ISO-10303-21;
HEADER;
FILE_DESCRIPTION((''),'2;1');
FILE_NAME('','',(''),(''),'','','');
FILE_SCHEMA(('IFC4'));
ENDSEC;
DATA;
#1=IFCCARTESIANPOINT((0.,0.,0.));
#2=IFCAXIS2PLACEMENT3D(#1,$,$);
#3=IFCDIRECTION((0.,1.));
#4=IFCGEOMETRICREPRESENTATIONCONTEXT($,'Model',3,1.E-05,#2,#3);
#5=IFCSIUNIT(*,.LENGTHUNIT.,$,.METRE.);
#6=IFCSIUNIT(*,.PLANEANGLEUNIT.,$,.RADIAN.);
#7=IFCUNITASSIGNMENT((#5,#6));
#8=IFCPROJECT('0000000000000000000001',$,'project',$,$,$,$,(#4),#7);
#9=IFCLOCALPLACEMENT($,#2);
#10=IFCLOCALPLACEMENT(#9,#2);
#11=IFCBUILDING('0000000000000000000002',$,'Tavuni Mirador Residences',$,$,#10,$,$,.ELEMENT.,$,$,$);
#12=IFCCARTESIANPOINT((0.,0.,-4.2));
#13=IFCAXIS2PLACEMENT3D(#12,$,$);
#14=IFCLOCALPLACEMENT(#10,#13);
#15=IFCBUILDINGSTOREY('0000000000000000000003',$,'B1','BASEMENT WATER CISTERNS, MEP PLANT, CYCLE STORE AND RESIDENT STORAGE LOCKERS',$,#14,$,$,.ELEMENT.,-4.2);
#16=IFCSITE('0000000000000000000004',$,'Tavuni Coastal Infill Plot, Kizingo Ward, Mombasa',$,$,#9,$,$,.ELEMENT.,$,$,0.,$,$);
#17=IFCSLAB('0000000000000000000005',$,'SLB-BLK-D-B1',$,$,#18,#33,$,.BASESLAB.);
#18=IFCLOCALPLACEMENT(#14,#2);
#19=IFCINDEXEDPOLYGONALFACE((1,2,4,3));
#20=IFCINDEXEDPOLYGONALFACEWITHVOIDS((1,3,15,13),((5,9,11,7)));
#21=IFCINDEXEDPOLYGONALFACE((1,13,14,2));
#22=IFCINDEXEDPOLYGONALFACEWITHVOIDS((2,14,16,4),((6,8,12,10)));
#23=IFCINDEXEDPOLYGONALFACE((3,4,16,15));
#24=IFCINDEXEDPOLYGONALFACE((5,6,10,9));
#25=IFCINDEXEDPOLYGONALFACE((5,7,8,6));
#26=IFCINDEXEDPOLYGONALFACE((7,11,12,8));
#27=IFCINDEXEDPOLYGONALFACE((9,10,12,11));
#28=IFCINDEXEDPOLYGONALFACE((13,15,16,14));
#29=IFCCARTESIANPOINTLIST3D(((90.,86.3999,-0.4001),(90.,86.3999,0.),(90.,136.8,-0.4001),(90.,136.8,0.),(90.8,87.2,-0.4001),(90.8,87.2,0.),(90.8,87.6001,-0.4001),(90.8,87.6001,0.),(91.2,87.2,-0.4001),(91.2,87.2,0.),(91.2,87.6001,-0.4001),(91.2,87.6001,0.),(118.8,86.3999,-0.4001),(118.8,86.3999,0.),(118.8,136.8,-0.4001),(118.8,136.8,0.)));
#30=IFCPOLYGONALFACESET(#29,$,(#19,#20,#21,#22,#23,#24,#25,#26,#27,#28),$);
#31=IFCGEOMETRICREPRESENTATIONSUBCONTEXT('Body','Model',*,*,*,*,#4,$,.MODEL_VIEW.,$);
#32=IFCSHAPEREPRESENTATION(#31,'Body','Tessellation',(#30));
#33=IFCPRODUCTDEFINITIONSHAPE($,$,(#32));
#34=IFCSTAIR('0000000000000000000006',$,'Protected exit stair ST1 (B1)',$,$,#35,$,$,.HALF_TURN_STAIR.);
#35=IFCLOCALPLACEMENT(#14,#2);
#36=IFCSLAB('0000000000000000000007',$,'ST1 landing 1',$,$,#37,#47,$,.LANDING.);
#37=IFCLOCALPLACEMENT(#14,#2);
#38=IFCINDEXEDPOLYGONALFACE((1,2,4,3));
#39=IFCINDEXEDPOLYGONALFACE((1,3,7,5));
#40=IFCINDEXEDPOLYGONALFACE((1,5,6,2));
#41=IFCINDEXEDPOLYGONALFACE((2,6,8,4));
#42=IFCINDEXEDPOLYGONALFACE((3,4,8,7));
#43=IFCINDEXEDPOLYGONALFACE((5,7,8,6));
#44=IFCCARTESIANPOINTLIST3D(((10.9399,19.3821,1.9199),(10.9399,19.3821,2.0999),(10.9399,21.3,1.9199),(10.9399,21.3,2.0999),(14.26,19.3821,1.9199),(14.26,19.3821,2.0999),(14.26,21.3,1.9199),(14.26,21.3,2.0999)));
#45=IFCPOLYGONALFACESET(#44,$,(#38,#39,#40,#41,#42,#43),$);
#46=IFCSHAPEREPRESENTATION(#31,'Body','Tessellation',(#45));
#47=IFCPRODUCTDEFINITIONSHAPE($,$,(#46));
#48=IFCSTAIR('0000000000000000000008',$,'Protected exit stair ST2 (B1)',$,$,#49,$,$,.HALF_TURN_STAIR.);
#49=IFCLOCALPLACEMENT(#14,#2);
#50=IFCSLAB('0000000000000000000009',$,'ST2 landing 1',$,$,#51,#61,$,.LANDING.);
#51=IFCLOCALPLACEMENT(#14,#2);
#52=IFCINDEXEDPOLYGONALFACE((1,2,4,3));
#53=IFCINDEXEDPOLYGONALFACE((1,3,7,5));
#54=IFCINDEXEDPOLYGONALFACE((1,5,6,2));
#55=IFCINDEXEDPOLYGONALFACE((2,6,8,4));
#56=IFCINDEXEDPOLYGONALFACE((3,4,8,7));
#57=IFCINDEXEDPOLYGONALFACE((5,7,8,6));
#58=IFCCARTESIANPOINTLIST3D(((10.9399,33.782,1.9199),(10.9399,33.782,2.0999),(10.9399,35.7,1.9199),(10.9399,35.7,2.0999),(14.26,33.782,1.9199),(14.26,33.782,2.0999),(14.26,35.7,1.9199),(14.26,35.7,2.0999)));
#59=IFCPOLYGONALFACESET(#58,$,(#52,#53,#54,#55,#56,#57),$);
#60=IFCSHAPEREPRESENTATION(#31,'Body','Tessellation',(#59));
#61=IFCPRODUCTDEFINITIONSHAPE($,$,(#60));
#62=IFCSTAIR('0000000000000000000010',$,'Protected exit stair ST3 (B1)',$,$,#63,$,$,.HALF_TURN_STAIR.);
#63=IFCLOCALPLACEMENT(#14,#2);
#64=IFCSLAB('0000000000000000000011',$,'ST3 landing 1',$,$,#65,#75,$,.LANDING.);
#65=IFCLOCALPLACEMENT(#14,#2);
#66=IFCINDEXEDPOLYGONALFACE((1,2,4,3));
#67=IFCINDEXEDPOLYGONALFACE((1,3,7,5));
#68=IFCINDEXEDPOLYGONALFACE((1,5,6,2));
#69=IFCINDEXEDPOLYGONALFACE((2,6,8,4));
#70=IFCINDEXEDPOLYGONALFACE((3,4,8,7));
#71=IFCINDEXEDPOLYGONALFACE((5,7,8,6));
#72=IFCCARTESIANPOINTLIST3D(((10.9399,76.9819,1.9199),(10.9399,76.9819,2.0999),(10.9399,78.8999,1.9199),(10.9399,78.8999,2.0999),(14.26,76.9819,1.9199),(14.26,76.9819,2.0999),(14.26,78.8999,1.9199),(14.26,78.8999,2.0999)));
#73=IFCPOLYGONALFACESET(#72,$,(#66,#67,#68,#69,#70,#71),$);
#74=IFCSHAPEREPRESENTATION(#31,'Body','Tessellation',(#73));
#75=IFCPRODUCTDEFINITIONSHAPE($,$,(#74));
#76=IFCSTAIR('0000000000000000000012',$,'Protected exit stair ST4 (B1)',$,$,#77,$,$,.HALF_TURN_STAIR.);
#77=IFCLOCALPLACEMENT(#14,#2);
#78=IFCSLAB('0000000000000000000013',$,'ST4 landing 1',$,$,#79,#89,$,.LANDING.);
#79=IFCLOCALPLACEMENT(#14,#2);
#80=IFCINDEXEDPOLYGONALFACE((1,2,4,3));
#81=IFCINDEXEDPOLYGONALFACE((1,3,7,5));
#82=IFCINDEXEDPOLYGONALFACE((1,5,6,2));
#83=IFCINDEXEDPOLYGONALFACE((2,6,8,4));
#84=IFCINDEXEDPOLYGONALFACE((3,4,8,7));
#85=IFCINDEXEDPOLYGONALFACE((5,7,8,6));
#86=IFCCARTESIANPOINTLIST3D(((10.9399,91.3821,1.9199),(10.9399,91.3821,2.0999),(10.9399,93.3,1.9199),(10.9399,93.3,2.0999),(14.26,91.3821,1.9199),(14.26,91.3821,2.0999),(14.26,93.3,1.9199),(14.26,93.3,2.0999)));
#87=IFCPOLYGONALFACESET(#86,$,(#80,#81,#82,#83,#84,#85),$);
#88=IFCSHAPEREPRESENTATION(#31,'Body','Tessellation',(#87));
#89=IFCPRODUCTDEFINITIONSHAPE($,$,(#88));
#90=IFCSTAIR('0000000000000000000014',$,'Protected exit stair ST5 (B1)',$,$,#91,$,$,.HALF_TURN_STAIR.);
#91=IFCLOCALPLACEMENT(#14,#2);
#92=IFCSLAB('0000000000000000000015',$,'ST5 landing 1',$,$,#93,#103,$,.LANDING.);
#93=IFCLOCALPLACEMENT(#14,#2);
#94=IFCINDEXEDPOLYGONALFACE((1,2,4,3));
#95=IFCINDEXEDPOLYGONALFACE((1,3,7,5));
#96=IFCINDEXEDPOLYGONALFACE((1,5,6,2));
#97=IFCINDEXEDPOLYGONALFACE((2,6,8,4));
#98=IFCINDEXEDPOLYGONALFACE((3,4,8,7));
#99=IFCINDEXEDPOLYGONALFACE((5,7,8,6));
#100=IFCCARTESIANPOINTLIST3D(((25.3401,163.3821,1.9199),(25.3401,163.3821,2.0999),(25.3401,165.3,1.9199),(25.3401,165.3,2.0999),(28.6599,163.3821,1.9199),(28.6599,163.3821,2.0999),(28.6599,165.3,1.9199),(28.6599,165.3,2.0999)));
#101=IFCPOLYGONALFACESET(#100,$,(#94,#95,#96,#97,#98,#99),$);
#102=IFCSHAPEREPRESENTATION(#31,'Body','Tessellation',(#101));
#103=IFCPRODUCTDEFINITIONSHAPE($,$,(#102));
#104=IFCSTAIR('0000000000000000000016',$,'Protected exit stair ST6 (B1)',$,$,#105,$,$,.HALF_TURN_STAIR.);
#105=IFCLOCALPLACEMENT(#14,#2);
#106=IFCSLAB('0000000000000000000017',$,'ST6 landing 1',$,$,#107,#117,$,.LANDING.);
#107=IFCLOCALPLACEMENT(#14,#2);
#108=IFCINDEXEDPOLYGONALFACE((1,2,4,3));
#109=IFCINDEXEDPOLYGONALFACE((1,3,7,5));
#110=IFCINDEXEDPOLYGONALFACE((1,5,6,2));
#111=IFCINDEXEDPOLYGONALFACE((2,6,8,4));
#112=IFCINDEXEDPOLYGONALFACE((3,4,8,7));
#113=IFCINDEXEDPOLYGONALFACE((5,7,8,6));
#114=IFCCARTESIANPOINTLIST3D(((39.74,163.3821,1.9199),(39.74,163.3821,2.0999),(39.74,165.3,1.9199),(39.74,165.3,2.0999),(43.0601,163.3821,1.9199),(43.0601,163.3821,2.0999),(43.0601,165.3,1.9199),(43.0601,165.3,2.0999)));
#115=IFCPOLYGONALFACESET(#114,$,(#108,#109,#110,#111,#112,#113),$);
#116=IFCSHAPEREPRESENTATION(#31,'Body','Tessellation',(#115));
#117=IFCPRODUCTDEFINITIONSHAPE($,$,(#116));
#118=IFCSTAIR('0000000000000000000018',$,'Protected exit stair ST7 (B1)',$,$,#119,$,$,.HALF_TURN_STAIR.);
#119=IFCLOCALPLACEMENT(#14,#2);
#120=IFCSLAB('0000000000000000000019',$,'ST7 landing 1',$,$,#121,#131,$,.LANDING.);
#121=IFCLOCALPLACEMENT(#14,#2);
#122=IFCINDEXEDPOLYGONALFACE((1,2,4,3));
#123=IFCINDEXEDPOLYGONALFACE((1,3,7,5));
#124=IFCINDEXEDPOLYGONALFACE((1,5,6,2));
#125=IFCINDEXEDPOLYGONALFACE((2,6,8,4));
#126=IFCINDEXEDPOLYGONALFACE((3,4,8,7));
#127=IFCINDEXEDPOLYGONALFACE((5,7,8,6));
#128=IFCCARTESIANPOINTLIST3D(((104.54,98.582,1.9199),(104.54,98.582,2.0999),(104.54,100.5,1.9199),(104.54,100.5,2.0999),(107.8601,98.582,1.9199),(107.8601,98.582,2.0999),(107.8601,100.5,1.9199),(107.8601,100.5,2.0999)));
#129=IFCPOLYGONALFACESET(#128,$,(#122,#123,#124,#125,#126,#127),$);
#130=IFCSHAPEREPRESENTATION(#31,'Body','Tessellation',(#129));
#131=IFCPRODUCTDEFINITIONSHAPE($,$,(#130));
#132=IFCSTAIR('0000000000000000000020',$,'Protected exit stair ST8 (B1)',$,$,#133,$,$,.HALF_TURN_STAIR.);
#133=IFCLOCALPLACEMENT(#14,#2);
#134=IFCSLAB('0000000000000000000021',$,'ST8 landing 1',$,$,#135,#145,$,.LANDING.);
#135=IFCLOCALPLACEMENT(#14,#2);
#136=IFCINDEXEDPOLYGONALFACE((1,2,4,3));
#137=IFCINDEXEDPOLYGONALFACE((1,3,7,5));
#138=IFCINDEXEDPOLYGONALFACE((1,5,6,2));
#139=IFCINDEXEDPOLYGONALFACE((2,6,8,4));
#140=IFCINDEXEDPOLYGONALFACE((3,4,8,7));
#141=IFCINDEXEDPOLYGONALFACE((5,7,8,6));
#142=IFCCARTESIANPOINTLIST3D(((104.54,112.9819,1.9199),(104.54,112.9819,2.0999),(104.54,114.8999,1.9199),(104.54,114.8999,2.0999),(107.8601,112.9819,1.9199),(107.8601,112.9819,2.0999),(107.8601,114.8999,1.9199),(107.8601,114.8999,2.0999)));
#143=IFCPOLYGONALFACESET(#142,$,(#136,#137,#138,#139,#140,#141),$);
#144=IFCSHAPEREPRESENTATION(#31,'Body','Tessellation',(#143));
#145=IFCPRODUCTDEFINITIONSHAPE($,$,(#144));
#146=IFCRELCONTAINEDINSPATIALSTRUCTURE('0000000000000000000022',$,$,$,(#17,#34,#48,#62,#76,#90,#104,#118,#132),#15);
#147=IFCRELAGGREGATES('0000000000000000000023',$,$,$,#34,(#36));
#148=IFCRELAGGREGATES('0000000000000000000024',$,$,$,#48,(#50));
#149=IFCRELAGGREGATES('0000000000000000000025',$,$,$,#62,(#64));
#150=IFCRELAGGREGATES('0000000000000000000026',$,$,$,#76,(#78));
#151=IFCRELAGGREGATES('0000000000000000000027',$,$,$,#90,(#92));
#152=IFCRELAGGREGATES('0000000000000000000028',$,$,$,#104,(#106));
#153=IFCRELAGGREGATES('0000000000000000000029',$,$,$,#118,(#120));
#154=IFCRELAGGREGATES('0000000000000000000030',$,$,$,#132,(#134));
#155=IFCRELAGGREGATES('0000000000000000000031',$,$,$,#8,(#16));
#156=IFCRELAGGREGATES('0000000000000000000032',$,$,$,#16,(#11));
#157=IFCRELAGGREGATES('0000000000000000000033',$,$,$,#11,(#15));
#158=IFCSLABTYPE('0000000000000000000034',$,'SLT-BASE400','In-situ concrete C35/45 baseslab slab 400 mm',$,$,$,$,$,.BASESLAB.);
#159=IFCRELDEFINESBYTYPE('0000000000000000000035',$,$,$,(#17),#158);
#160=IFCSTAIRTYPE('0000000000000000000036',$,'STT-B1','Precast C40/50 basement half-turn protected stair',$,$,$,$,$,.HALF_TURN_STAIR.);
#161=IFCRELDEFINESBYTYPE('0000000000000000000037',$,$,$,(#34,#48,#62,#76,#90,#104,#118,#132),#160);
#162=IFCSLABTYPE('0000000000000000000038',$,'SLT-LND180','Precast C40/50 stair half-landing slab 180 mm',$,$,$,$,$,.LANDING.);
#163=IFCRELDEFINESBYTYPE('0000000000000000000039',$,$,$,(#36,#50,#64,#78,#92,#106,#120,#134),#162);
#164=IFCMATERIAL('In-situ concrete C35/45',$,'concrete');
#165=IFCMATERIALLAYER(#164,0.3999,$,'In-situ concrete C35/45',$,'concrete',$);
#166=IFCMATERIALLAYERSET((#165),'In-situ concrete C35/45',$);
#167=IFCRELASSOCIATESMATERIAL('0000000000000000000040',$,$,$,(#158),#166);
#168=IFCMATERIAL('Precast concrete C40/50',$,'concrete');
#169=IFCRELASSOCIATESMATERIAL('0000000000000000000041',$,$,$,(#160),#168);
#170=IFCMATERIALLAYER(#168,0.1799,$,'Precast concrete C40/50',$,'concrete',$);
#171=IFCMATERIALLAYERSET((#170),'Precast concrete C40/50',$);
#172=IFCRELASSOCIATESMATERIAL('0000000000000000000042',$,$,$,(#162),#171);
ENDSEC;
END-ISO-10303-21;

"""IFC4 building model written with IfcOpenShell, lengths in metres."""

from ifc_helpers import new_model, si_unit, direction, frame, origin, place, context, subcontext, project, spatial, polyline, outline, extrude, material, layer, layer_set, type_object, element, aggregate, save


model = new_model("IFC4")

# Units and contexts
model_context = context("Model", 3, precision=1e-05, world=origin(), true_north=direction((0.0, 1.0)))
body_context = subcontext(model_context, "Body", "Model", "MODEL_VIEW")
ifc_project = project(units=[si_unit("LENGTHUNIT", "METRE"), si_unit("PLANEANGLEUNIT", "RADIAN")], contexts=[model_context])

# Site, building, storey
site_placement = place(None, origin())
site = spatial("IfcSite", under=ifc_project, at=site_placement, Name="Tavuni Coastal Infill Plot, Kizingo Ward, Mombasa", CompositionType="ELEMENT", RefElevation=0.0)
building_placement = place(site_placement, origin())
building = spatial("IfcBuilding", under=site, at=building_placement, Name="Tavuni Mirador Residences", CompositionType="ELEMENT")
storey_placement = place(building_placement, frame((0.0, 0.0, -4.2)))
storey = spatial("IfcBuildingStorey", under=building, at=storey_placement, Name="B1", Description="BASEMENT WATER CISTERNS, MEP PLANT, CYCLE STORE AND RESIDENT STORAGE LOCKERS", CompositionType="ELEMENT", Elevation=-4.2)

# Shared definitions
ifc_material_1 = material(Name="In-situ concrete C35/45", Category="concrete")

# Slab
ifc_layer_1 = layer(ifc_material_1, 0.3999, Name="In-situ concrete C35/45", Category="concrete")
ifc_layer_set_1 = layer_set([ifc_layer_1], Name="In-situ concrete C35/45")
slab_type_1 = type_object("IfcSlabType", Name="SLT-BASE400", Description="In-situ concrete C35/45 baseslab slab 400 mm", PredefinedType="BASESLAB", material=ifc_layer_set_1)
slab_1_placement = place(storey_placement, frame((0.0, 0.0, -0.4001)))
element("IfcSlab", 1, at=slab_1_placement, inside=storey, type_object=slab_type_1, Name="SLB-BLK-D-B1", PredefinedType="BASESLAB", context=body_context, shape_type="SweptSolid", body=[
    extrude(outline(polyline([(90.0, 86.3999), (118.8, 86.3999), (118.8, 136.8), (90.0, 136.8), (90.0, 86.3999)]), holes=[polyline([(90.8, 87.2), (91.2, 87.2), (91.2, 87.6001), (90.8, 87.6001), (90.8, 87.2)])]), origin(), (0.0, 0.0, 1.0), 0.4001),
])

# Stairs, slabs
ifc_material_2 = material(Name="Precast concrete C40/50", Category="concrete")
stair_type = type_object("IfcStairType", Name="STT-B1", Description="Precast C40/50 basement half-turn protected stair", PredefinedType="HALF_TURN_STAIR", material=ifc_material_2)
stair_1_placement = place(storey_placement, origin())
stair_1 = element("IfcStair", 2, at=stair_1_placement, inside=storey, type_object=stair_type, Name="Protected exit stair ST1 (B1)", PredefinedType="HALF_TURN_STAIR")
ifc_layer_2 = layer(ifc_material_2, 0.1799, Name="Precast concrete C40/50", Category="concrete")
ifc_layer_set_2 = layer_set([ifc_layer_2], Name="Precast concrete C40/50")
slab_type_2 = type_object("IfcSlabType", Name="SLT-LND180", Description="Precast C40/50 stair half-landing slab 180 mm", PredefinedType="LANDING", material=ifc_layer_set_2)
slab_2_placement = place(storey_placement, frame((0.0, 0.0, 1.9199)))
slab_2 = element("IfcSlab", 3, at=slab_2_placement, type_object=slab_type_2, Name="ST1 landing 1", PredefinedType="LANDING", context=body_context, shape_type="SweptSolid", body=[
    extrude(outline(polyline([(10.9399, 19.3821), (14.26, 19.3821), (14.26, 21.3), (10.9399, 21.3), (10.9399, 19.3821)])), origin(), (0.0, 0.0, 1.0), 0.1799),
])
aggregate(stair_1, [slab_2])
stair_2_placement = place(storey_placement, origin())
stair_2 = element("IfcStair", 4, at=stair_2_placement, inside=storey, type_object=stair_type, Name="Protected exit stair ST2 (B1)", PredefinedType="HALF_TURN_STAIR")
slab_3_placement = place(storey_placement, frame((0.0, 0.0, 1.9199)))
slab_3 = element("IfcSlab", 5, at=slab_3_placement, type_object=slab_type_2, Name="ST2 landing 1", PredefinedType="LANDING", context=body_context, shape_type="SweptSolid", body=[
    extrude(outline(polyline([(10.9399, 33.782), (14.26, 33.782), (14.26, 35.7), (10.9399, 35.7), (10.9399, 33.782)])), origin(), (0.0, 0.0, 1.0), 0.1799),
])
aggregate(stair_2, [slab_3])
stair_3_placement = place(storey_placement, origin())
stair_3 = element("IfcStair", 6, at=stair_3_placement, inside=storey, type_object=stair_type, Name="Protected exit stair ST3 (B1)", PredefinedType="HALF_TURN_STAIR")
slab_4_placement = place(storey_placement, frame((0.0, 0.0, 1.9199)))
slab_4 = element("IfcSlab", 7, at=slab_4_placement, type_object=slab_type_2, Name="ST3 landing 1", PredefinedType="LANDING", context=body_context, shape_type="SweptSolid", body=[
    extrude(outline(polyline([(10.9399, 76.9819), (14.26, 76.9819), (14.26, 78.8999), (10.9399, 78.8999), (10.9399, 76.9819)])), origin(), (0.0, 0.0, 1.0), 0.1799),
])
aggregate(stair_3, [slab_4])
stair_4_placement = place(storey_placement, origin())
stair_4 = element("IfcStair", 8, at=stair_4_placement, inside=storey, type_object=stair_type, Name="Protected exit stair ST4 (B1)", PredefinedType="HALF_TURN_STAIR")
slab_5_placement = place(storey_placement, frame((0.0, 0.0, 1.9199)))
slab_5 = element("IfcSlab", 9, at=slab_5_placement, type_object=slab_type_2, Name="ST4 landing 1", PredefinedType="LANDING", context=body_context, shape_type="SweptSolid", body=[
    extrude(outline(polyline([(10.9399, 91.3821), (14.26, 91.3821), (14.26, 93.3), (10.9399, 93.3), (10.9399, 91.3821)])), origin(), (0.0, 0.0, 1.0), 0.1799),
])
aggregate(stair_4, [slab_5])
stair_5_placement = place(storey_placement, origin())
stair_5 = element("IfcStair", 10, at=stair_5_placement, inside=storey, type_object=stair_type, Name="Protected exit stair ST5 (B1)", PredefinedType="HALF_TURN_STAIR")
slab_6_placement = place(storey_placement, frame((0.0, 0.0, 1.9199)))
slab_6 = element("IfcSlab", 11, at=slab_6_placement, type_object=slab_type_2, Name="ST5 landing 1", PredefinedType="LANDING", context=body_context, shape_type="SweptSolid", body=[
    extrude(outline(polyline([(25.3401, 163.3821), (28.6599, 163.3821), (28.6599, 165.3), (25.3401, 165.3), (25.3401, 163.3821)])), origin(), (0.0, 0.0, 1.0), 0.1799),
])
aggregate(stair_5, [slab_6])
stair_6_placement = place(storey_placement, origin())
stair_6 = element("IfcStair", 12, at=stair_6_placement, inside=storey, type_object=stair_type, Name="Protected exit stair ST6 (B1)", PredefinedType="HALF_TURN_STAIR")
slab_7_placement = place(storey_placement, frame((0.0, 0.0, 1.9199)))
slab_7 = element("IfcSlab", 13, at=slab_7_placement, type_object=slab_type_2, Name="ST6 landing 1", PredefinedType="LANDING", context=body_context, shape_type="SweptSolid", body=[
    extrude(outline(polyline([(39.74, 163.3821), (43.0601, 163.3821), (43.0601, 165.3), (39.74, 165.3), (39.74, 163.3821)])), origin(), (0.0, 0.0, 1.0), 0.1799),
])
aggregate(stair_6, [slab_7])
stair_7_placement = place(storey_placement, origin())
stair_7 = element("IfcStair", 14, at=stair_7_placement, inside=storey, type_object=stair_type, Name="Protected exit stair ST7 (B1)", PredefinedType="HALF_TURN_STAIR")
slab_8_placement = place(storey_placement, frame((0.0, 0.0, 1.9199)))
slab_8 = element("IfcSlab", 15, at=slab_8_placement, type_object=slab_type_2, Name="ST7 landing 1", PredefinedType="LANDING", context=body_context, shape_type="SweptSolid", body=[
    extrude(outline(polyline([(104.54, 98.582), (107.8601, 98.582), (107.8601, 100.5), (104.54, 100.5), (104.54, 98.582)])), origin(), (0.0, 0.0, 1.0), 0.1799),
])
aggregate(stair_7, [slab_8])
stair_8_placement = place(storey_placement, origin())
stair_8 = element("IfcStair", 16, at=stair_8_placement, inside=storey, type_object=stair_type, Name="Protected exit stair ST8 (B1)", PredefinedType="HALF_TURN_STAIR")
slab_9_placement = place(storey_placement, frame((0.0, 0.0, 1.9199)))
slab_9 = element("IfcSlab", 17, at=slab_9_placement, type_object=slab_type_2, Name="ST8 landing 1", PredefinedType="LANDING", context=body_context, shape_type="SweptSolid", body=[
    extrude(outline(polyline([(104.54, 112.9819), (107.8601, 112.9819), (107.8601, 114.8999), (104.54, 114.8999), (104.54, 112.9819)])), origin(), (0.0, 0.0, 1.0), 0.1799),
])
aggregate(stair_8, [slab_9])

save(model, "model.ifc")
